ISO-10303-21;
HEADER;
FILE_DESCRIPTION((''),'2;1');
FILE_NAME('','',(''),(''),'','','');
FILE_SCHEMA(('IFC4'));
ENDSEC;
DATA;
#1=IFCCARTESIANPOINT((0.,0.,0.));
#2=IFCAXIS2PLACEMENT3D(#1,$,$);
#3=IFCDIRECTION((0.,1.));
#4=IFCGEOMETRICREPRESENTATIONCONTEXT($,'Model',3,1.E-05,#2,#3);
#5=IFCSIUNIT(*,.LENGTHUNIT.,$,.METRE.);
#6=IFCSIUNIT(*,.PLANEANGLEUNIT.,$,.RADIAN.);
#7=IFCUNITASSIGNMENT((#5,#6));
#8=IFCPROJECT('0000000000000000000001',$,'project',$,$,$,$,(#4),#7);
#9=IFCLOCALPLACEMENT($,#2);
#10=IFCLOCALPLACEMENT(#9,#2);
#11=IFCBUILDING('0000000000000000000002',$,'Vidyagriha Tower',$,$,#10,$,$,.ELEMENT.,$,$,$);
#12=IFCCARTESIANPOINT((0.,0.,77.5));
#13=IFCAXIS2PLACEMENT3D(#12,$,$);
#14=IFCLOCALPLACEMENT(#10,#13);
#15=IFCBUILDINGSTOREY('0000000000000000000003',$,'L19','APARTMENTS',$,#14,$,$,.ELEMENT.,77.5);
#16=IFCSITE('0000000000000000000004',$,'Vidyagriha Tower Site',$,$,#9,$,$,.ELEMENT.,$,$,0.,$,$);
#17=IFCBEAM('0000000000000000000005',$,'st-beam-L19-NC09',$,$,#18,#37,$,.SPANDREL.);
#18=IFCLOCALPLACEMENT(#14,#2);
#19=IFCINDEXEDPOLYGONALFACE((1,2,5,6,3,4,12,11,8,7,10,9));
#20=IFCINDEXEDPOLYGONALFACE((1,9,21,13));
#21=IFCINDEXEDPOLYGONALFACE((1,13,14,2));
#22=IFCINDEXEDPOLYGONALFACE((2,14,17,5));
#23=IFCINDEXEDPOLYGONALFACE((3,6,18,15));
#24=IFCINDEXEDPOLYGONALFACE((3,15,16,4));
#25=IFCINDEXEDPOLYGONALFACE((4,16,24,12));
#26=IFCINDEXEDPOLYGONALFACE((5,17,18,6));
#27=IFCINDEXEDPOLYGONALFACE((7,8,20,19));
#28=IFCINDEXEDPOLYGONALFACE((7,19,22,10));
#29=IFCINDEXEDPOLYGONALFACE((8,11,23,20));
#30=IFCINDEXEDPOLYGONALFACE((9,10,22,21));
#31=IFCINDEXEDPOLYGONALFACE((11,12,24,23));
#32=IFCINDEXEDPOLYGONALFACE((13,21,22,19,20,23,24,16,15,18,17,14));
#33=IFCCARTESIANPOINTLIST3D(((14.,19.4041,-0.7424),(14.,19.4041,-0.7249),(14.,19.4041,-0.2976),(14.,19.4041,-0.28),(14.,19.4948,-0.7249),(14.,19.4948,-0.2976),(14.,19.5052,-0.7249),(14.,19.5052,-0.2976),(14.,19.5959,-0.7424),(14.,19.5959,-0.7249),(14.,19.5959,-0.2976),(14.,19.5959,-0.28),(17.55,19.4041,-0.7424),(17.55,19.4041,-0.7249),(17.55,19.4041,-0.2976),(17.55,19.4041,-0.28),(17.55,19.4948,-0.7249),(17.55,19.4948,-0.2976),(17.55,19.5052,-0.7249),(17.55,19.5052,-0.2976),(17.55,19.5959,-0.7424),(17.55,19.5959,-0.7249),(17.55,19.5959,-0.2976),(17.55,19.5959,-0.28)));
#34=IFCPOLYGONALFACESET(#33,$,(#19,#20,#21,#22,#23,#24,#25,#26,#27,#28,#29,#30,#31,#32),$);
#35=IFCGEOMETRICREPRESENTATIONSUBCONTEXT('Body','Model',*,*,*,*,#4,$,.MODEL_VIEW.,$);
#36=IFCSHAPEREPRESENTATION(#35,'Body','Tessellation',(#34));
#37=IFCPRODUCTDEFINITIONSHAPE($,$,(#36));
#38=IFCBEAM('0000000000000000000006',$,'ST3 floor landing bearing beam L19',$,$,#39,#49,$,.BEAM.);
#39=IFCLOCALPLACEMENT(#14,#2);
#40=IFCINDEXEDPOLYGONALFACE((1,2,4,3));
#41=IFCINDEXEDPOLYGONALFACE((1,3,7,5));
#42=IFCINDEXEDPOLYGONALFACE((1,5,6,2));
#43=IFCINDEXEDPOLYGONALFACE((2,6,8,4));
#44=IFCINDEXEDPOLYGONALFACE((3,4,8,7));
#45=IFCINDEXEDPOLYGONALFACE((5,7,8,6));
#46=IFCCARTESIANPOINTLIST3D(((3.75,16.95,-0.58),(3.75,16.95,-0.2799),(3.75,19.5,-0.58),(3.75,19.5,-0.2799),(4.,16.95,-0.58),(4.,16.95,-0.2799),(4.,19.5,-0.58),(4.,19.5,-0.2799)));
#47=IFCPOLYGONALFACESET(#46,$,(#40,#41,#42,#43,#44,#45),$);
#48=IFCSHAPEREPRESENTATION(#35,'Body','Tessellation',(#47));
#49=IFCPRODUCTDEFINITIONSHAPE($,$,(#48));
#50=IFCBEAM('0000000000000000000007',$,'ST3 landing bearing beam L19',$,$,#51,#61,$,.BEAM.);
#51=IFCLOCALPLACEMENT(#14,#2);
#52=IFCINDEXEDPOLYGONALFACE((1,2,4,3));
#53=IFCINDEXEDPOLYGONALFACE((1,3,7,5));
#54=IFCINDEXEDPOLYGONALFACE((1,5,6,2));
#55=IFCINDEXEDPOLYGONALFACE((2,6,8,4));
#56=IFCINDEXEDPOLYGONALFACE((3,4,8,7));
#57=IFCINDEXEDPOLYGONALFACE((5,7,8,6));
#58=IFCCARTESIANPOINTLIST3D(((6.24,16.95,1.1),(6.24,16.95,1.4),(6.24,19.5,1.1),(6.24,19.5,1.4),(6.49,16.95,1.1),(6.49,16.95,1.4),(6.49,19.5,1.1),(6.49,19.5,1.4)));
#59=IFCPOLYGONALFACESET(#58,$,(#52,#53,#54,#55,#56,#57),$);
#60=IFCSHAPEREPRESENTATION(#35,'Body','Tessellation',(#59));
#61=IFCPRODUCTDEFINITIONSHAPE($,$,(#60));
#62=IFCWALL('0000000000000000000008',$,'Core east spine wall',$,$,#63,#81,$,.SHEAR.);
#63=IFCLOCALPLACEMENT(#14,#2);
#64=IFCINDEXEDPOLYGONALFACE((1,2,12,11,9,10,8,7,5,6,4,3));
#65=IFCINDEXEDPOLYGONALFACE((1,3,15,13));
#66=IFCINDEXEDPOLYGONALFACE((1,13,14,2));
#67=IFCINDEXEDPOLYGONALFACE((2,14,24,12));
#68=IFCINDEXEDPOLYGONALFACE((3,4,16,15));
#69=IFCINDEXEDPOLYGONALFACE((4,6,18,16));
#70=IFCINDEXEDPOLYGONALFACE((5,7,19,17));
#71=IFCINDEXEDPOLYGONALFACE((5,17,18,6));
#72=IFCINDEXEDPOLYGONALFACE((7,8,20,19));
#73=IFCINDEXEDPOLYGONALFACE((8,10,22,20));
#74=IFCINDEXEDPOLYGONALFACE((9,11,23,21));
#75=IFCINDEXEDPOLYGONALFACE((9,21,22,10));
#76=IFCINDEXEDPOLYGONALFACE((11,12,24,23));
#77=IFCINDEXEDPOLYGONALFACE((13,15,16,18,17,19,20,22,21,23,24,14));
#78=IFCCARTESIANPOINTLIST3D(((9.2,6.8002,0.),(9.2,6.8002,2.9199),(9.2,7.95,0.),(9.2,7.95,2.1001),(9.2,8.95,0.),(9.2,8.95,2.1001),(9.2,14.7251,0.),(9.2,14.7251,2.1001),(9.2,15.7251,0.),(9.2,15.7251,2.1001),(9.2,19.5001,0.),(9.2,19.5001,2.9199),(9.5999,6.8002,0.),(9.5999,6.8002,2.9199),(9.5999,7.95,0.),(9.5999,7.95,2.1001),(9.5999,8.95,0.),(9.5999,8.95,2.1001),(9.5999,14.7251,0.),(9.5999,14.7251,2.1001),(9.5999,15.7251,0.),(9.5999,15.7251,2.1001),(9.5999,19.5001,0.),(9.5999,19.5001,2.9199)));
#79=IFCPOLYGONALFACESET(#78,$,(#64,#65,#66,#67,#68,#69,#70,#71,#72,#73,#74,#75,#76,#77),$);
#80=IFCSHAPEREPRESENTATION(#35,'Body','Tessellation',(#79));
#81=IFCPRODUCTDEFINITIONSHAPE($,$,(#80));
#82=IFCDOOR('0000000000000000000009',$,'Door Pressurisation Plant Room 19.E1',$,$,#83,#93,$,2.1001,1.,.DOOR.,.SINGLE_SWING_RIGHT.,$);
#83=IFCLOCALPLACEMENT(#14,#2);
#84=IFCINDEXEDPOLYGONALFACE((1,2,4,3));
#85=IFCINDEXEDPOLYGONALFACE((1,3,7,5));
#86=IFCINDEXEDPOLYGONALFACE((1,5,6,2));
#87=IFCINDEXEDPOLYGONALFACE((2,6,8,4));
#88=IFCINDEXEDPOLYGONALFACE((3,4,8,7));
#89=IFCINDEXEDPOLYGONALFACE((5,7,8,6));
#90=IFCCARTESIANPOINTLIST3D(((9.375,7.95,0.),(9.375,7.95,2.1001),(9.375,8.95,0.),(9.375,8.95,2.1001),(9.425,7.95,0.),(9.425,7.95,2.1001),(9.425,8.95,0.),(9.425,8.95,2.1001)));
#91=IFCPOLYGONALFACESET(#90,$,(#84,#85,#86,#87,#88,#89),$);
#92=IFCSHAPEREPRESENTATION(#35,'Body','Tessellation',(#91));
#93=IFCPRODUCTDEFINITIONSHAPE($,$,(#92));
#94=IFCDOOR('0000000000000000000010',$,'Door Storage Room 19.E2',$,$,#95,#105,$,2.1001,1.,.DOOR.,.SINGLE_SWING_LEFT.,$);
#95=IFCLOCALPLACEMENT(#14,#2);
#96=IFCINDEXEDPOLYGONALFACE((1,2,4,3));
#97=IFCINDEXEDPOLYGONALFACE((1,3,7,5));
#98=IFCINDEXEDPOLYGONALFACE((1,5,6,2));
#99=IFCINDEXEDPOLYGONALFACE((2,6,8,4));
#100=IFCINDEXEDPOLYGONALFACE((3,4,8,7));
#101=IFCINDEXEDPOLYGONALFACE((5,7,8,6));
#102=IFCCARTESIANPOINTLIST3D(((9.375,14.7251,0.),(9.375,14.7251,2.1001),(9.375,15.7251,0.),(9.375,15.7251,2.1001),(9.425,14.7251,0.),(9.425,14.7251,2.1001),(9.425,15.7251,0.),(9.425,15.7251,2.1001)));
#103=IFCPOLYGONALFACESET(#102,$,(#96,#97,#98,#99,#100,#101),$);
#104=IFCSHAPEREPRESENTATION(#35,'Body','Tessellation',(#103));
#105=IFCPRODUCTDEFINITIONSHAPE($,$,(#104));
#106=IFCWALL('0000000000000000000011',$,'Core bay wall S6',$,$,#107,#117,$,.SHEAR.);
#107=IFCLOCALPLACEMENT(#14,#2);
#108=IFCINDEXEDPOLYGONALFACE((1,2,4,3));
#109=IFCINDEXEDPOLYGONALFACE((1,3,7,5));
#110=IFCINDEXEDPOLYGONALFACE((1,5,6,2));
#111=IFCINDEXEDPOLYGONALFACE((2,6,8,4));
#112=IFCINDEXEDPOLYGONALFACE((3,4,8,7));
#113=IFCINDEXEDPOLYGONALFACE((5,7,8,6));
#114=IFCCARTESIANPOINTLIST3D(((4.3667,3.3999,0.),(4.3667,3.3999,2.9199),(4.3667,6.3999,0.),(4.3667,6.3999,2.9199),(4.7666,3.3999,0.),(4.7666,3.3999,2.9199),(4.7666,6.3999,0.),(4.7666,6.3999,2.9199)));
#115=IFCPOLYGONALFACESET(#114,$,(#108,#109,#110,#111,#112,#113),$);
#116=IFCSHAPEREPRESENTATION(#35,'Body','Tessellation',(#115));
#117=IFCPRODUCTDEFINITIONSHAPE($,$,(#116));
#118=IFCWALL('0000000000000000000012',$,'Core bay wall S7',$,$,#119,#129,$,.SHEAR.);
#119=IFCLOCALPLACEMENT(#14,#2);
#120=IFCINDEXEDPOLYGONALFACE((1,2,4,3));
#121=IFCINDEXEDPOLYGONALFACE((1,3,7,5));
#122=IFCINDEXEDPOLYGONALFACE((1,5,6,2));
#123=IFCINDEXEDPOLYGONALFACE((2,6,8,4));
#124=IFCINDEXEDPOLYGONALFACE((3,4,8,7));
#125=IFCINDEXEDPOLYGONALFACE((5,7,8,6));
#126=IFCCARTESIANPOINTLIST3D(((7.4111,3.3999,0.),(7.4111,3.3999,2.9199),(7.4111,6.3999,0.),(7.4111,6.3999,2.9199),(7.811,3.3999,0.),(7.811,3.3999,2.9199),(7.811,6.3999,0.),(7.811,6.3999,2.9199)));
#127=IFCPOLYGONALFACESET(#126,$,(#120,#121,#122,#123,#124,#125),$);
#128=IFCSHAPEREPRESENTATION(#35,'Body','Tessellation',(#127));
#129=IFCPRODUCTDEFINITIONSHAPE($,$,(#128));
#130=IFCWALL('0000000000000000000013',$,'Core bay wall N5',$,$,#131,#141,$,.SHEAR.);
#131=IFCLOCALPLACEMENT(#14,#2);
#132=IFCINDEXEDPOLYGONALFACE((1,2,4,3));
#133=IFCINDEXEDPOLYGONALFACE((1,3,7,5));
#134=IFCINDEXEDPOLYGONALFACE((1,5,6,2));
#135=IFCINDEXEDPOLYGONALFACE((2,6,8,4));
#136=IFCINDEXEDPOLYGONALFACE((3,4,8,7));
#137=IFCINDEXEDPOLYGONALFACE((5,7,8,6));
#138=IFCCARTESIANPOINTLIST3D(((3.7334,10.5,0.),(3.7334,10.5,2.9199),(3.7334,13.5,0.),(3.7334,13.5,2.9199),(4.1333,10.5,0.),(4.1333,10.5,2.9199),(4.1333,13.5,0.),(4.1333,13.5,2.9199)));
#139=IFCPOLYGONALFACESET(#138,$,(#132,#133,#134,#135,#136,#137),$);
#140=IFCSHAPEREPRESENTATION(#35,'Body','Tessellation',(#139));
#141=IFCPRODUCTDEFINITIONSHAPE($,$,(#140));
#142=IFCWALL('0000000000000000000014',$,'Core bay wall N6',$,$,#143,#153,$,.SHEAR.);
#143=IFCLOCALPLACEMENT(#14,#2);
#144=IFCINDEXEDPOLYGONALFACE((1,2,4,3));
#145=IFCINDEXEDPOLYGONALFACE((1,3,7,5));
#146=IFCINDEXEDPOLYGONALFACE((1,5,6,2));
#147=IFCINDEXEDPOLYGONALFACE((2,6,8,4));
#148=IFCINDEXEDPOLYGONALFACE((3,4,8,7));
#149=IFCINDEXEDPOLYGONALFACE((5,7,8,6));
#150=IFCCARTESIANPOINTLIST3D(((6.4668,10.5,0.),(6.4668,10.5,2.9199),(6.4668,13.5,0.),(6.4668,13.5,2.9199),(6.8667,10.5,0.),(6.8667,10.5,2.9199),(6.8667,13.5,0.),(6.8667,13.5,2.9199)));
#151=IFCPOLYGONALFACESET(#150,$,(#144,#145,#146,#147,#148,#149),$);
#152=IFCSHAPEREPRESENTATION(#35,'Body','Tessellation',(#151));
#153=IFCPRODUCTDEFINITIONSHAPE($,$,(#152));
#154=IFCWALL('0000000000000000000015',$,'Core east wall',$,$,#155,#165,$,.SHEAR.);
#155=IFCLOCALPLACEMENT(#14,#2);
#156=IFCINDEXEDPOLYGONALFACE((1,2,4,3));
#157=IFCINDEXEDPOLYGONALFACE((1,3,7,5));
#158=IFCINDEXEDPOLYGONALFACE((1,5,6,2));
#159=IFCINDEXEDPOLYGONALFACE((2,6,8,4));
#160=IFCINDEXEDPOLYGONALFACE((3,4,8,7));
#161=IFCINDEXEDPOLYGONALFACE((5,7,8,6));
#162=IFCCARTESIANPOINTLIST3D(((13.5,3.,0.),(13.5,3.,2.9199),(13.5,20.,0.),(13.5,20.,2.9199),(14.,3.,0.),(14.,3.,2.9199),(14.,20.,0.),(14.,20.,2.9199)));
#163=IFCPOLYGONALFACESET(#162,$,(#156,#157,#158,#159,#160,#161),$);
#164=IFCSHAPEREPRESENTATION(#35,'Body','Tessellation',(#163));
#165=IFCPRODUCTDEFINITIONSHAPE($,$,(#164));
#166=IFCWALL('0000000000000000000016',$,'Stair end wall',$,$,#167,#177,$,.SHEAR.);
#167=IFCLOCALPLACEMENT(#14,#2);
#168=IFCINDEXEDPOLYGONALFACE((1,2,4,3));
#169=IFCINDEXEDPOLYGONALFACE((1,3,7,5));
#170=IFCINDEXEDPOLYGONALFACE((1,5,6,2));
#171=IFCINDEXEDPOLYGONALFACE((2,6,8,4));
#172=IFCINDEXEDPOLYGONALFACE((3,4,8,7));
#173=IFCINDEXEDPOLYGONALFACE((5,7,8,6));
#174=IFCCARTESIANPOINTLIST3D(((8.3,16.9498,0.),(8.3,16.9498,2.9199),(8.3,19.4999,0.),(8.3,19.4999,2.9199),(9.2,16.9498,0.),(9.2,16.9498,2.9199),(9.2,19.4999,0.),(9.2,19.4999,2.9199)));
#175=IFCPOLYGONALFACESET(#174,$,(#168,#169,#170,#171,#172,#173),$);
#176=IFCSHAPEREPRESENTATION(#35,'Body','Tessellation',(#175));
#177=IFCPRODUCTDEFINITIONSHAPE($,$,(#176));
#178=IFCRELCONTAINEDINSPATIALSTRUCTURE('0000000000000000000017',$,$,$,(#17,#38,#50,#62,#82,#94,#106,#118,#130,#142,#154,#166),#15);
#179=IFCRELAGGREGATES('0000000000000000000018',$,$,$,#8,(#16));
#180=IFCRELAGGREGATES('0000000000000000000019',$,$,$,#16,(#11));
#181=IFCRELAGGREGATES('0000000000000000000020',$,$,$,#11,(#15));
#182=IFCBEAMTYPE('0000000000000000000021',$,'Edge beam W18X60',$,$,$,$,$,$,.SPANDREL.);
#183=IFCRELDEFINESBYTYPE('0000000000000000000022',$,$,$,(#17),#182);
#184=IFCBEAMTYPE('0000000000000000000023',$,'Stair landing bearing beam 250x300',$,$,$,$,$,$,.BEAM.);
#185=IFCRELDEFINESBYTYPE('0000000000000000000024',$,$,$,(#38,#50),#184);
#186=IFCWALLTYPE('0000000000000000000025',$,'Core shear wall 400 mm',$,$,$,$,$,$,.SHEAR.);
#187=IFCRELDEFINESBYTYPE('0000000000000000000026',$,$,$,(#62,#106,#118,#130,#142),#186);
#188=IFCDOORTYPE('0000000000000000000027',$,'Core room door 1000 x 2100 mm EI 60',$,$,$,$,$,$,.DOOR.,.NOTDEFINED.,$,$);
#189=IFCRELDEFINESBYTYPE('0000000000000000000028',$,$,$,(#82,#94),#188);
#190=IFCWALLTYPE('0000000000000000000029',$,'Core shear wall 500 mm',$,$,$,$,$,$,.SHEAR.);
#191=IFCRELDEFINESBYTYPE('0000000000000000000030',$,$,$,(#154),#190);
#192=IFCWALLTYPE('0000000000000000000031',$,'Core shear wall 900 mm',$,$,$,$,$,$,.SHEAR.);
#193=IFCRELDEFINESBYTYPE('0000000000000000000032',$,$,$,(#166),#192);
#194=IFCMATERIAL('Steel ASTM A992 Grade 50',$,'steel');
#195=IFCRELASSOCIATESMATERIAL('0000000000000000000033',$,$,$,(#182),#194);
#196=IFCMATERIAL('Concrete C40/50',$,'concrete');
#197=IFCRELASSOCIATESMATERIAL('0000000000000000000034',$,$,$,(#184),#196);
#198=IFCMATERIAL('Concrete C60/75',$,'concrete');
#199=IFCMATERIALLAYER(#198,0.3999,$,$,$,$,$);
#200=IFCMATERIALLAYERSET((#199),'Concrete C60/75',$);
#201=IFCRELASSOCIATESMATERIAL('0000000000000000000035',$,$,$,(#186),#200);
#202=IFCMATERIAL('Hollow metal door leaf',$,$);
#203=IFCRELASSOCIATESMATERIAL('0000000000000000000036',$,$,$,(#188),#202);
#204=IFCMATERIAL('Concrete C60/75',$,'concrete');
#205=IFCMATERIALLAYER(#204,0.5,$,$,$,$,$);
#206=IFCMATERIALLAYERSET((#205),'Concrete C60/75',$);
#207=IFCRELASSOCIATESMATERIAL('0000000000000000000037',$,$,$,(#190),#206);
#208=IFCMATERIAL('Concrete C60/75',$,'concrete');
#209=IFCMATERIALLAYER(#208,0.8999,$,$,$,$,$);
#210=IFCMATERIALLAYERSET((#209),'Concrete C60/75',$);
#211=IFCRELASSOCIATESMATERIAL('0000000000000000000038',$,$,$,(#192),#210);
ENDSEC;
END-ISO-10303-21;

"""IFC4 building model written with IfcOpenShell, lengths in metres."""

from ifc_helpers import new_model, si_unit, direction, frame, frame_2d, origin, origin_2d, place, context, subcontext, project, spatial, rectangle, i_section, extrude, material, layer, layer_set, material_profile, profile_set, type_object, element, fill, save


model = new_model("IFC4")

# Units and contexts
model_context = context("Model", 3, precision=1e-05, world=origin(), true_north=direction((0.0, 1.0)))
body_context = subcontext(model_context, "Body", "Model", "MODEL_VIEW")
ifc_project = project(units=[si_unit("LENGTHUNIT", "METRE"), si_unit("PLANEANGLEUNIT", "RADIAN")], contexts=[model_context])

# Site, building, storey
site_placement = place(None, origin())
site = spatial("IfcSite", under=ifc_project, at=site_placement, Name="Vidyagriha Tower Site", CompositionType="ELEMENT", RefElevation=0.0)
building_placement = place(site_placement, origin())
building = spatial("IfcBuilding", under=site, at=building_placement, Name="Vidyagriha Tower", CompositionType="ELEMENT")
storey_placement = place(building_placement, frame((0.0, 0.0, 77.5)))
storey = spatial("IfcBuildingStorey", under=building, at=storey_placement, Name="L19", Description="APARTMENTS", CompositionType="ELEMENT", Elevation=77.5)

# Beams
ifc_material_1 = material(Name="Steel ASTM A992 Grade 50", Category="steel")
ifc_material_profile_1 = material_profile(ifc_material_1, i_section(OverallWidth=0.1919, OverallDepth=0.4624, WebThickness=0.0105, FlangeThickness=0.0176, at=origin_2d()), Name="W18X60")
ifc_profile_set_1 = profile_set([ifc_material_profile_1], Name="Steel ASTM A992 Grade 50")
beam_type_1 = type_object("IfcBeamType", Name="Edge beam W18X60", PredefinedType="SPANDREL", material=ifc_profile_set_1)
beam_placement = place(storey_placement, frame((14.0, 19.5, -0.5112), z_axis=(1.0, 0.0, 0.0), x_axis=(0.0, 1.0, 0.0)))
element("IfcBeam", 1, at=beam_placement, inside=storey, type_object=beam_type_1, Name="st-beam-L19-NC09", PredefinedType="SPANDREL", context=body_context, shape_type="SweptSolid", body=[
    extrude(i_section(OverallWidth=0.1919, OverallDepth=0.4624, WebThickness=0.0105, FlangeThickness=0.0176, at=origin_2d()), origin(), (0.0, 0.0, 1.0), 3.55),
])
ifc_material_2 = material(Name="Concrete C40/50", Category="concrete")
ifc_material_profile_2 = material_profile(ifc_material_2, rectangle(XDim=0.25, YDim=0.3, at=origin_2d()), Name="Stair landing bearing beam 250x300")
ifc_profile_set_2 = profile_set([ifc_material_profile_2], Name="Concrete C40/50")
beam_type_2 = type_object("IfcBeamType", Name="Stair landing bearing beam 250x300", PredefinedType="BEAM", material=ifc_profile_set_2)
for number, where, z_axis, x_axis, name in (
    (2, (3.875, 16.95, -0.4299), (0.0, 1.0, 0.0), (-1.0, 0.0, 0.0), "ST3 floor landing bearing beam L19"),
    (3, (6.365, 16.95, 1.25), (0.0, 1.0, 0.0), (-1.0, 0.0, 0.0), "ST3 landing bearing beam L19"),
):
    element("IfcBeam", number, at=place(storey_placement, frame(where, z_axis=z_axis, x_axis=x_axis)), inside=storey, type_object=beam_type_2, Name=name, PredefinedType="BEAM", context=body_context, shape_type="SweptSolid", body=[
        extrude(rectangle(XDim=0.25, YDim=0.3, at=origin_2d()), origin(), (0.0, 0.0, 1.0), 2.55),
    ])

# Wall, openings, doors
ifc_material_3 = material(Name="Concrete C60/75", Category="concrete")
ifc_layer_1 = layer(ifc_material_3, 0.3999)
ifc_layer_set_1 = layer_set([ifc_layer_1], Name="Concrete C60/75")
wall_type_1 = type_object("IfcWallType", Name="Core shear wall 400 mm", PredefinedType="SHEAR", material=ifc_layer_set_1)
wall_1_placement = place(storey_placement, frame((9.3999, 6.8, 0.0), z_axis=(0.0, 0.0, 1.0), x_axis=(0.0, 1.0, 0.0)))
wall_1 = element("IfcWall", 4, at=wall_1_placement, inside=storey, type_object=wall_type_1, Name="Core east spine wall", PredefinedType="SHEAR", context=body_context, shape_type="SweptSolid", body=[
    extrude(rectangle(XDim=12.7, YDim=0.3999, at=frame_2d((6.3501, 0.0))), origin(), (0.0, 0.0, 1.0), 2.9199),
])
opening_1_placement = place(wall_1_placement, frame((1.1499, 0.0, 0.0)))
opening_1 = element("IfcOpeningElement", 5, at=opening_1_placement, cuts=wall_1, PredefinedType="OPENING", context=body_context, shape_type="SweptSolid", body=[
    extrude(rectangle(XDim=1.0, YDim=2.1001, at=frame_2d((0.5, 1.05))), frame((0.0, 0.21, 0.0), z_axis=(0.0, -1.0, 0.0), x_axis=(1.0, 0.0, 0.0)), (0.0, 0.0, 1.0), 0.4199),
])
opening_2_placement = place(wall_1_placement, frame((7.925, 0.0, 0.0)))
opening_2 = element("IfcOpeningElement", 6, at=opening_2_placement, cuts=wall_1, PredefinedType="OPENING", context=body_context, shape_type="SweptSolid", body=[
    extrude(rectangle(XDim=1.0, YDim=2.1001, at=frame_2d((0.5, 1.05))), frame((0.0, 0.21, 0.0), z_axis=(0.0, -1.0, 0.0), x_axis=(1.0, 0.0, 0.0)), (0.0, 0.0, 1.0), 0.4199),
])
ifc_material_4 = material(Name="Hollow metal door leaf")
door_type_1 = type_object("IfcDoorType", Name="Core room door 1000 x 2100 mm EI 60", OperationType="NOTDEFINED", PredefinedType="DOOR", material=ifc_material_4)
door_1_placement = place(opening_1_placement, origin())
door_1 = element("IfcDoor", 7, at=door_1_placement, inside=storey, type_object=door_type_1, Name="Door Pressurisation Plant Room 19.E1", OperationType="SINGLE_SWING_RIGHT", OverallHeight=2.1001, OverallWidth=1.0, PredefinedType="DOOR", context=body_context, shape_type="SweptSolid", body=[
    extrude(rectangle(XDim=1.0, YDim=2.1001, at=frame_2d((0.5, 1.05))), frame((0.0, 0.0249, 0.0), z_axis=(0.0, -1.0, 0.0), x_axis=(1.0, 0.0, 0.0)), (0.0, 0.0, 1.0), 0.05),
])
fill(opening_1, door_1)
door_2_placement = place(opening_2_placement, origin())
door_2 = element("IfcDoor", 8, at=door_2_placement, inside=storey, type_object=door_type_1, Name="Door Storage Room 19.E2", OperationType="SINGLE_SWING_LEFT", OverallHeight=2.1001, OverallWidth=1.0, PredefinedType="DOOR", context=body_context, shape_type="SweptSolid", body=[
    extrude(rectangle(XDim=1.0, YDim=2.1001, at=frame_2d((0.5, 1.05))), frame((0.0, 0.0249, 0.0), z_axis=(0.0, -1.0, 0.0), x_axis=(1.0, 0.0, 0.0)), (0.0, 0.0, 1.0), 0.05),
])
fill(opening_2, door_2)

# Walls
for number, where, z_axis, x_axis, name in (
    (9, (4.5667, 3.3999, 0.0), (0.0, 0.0, 1.0), (0.0, 1.0, 0.0), "Core bay wall S6"),
    (10, (7.6111, 3.3999, 0.0), (0.0, 0.0, 1.0), (0.0, 1.0, 0.0), "Core bay wall S7"),
    (11, (3.9333, 10.5, 0.0), (0.0, 0.0, 1.0), (0.0, 1.0, 0.0), "Core bay wall N5"),
    (12, (6.6667, 10.5, 0.0), (0.0, 0.0, 1.0), (0.0, 1.0, 0.0), "Core bay wall N6"),
):
    element("IfcWall", number, at=place(storey_placement, frame(where, z_axis=z_axis, x_axis=x_axis)), inside=storey, type_object=wall_type_1, Name=name, PredefinedType="SHEAR", context=body_context, shape_type="SweptSolid", body=[
        extrude(rectangle(XDim=3.0, YDim=0.3999, at=frame_2d((1.5, 0.0))), origin(), (0.0, 0.0, 1.0), 2.9199),
    ])
ifc_material_5 = material(Name="Concrete C60/75", Category="concrete")
ifc_layer_2 = layer(ifc_material_5, 0.5)
ifc_layer_set_2 = layer_set([ifc_layer_2], Name="Concrete C60/75")
wall_type_2 = type_object("IfcWallType", Name="Core shear wall 500 mm", PredefinedType="SHEAR", material=ifc_layer_set_2)
wall_2_placement = place(storey_placement, frame((13.75, 3.0, 0.0), z_axis=(0.0, 0.0, 1.0), x_axis=(0.0, 1.0, 0.0)))
element("IfcWall", 13, at=wall_2_placement, inside=storey, type_object=wall_type_2, Name="Core east wall", PredefinedType="SHEAR", context=body_context, shape_type="SweptSolid", body=[
    extrude(rectangle(XDim=17.0, YDim=0.5, at=frame_2d((8.5, 0.0))), origin(), (0.0, 0.0, 1.0), 2.9199),
])
ifc_material_6 = material(Name="Concrete C60/75", Category="concrete")
ifc_layer_3 = layer(ifc_material_6, 0.8999)
ifc_layer_set_3 = layer_set([ifc_layer_3], Name="Concrete C60/75")
wall_type_3 = type_object("IfcWallType", Name="Core shear wall 900 mm", PredefinedType="SHEAR", material=ifc_layer_set_3)
wall_3_placement = place(storey_placement, frame((8.75, 16.95, 0.0), z_axis=(0.0, 0.0, 1.0), x_axis=(0.0, 1.0, 0.0)))
element("IfcWall", 14, at=wall_3_placement, inside=storey, type_object=wall_type_3, Name="Stair end wall", PredefinedType="SHEAR", context=body_context, shape_type="SweptSolid", body=[
    extrude(rectangle(XDim=2.55, YDim=0.8999, at=frame_2d((1.2749, 0.0))), origin(), (0.0, 0.0, 1.0), 2.9199),
])

save(model, "model.ifc")
